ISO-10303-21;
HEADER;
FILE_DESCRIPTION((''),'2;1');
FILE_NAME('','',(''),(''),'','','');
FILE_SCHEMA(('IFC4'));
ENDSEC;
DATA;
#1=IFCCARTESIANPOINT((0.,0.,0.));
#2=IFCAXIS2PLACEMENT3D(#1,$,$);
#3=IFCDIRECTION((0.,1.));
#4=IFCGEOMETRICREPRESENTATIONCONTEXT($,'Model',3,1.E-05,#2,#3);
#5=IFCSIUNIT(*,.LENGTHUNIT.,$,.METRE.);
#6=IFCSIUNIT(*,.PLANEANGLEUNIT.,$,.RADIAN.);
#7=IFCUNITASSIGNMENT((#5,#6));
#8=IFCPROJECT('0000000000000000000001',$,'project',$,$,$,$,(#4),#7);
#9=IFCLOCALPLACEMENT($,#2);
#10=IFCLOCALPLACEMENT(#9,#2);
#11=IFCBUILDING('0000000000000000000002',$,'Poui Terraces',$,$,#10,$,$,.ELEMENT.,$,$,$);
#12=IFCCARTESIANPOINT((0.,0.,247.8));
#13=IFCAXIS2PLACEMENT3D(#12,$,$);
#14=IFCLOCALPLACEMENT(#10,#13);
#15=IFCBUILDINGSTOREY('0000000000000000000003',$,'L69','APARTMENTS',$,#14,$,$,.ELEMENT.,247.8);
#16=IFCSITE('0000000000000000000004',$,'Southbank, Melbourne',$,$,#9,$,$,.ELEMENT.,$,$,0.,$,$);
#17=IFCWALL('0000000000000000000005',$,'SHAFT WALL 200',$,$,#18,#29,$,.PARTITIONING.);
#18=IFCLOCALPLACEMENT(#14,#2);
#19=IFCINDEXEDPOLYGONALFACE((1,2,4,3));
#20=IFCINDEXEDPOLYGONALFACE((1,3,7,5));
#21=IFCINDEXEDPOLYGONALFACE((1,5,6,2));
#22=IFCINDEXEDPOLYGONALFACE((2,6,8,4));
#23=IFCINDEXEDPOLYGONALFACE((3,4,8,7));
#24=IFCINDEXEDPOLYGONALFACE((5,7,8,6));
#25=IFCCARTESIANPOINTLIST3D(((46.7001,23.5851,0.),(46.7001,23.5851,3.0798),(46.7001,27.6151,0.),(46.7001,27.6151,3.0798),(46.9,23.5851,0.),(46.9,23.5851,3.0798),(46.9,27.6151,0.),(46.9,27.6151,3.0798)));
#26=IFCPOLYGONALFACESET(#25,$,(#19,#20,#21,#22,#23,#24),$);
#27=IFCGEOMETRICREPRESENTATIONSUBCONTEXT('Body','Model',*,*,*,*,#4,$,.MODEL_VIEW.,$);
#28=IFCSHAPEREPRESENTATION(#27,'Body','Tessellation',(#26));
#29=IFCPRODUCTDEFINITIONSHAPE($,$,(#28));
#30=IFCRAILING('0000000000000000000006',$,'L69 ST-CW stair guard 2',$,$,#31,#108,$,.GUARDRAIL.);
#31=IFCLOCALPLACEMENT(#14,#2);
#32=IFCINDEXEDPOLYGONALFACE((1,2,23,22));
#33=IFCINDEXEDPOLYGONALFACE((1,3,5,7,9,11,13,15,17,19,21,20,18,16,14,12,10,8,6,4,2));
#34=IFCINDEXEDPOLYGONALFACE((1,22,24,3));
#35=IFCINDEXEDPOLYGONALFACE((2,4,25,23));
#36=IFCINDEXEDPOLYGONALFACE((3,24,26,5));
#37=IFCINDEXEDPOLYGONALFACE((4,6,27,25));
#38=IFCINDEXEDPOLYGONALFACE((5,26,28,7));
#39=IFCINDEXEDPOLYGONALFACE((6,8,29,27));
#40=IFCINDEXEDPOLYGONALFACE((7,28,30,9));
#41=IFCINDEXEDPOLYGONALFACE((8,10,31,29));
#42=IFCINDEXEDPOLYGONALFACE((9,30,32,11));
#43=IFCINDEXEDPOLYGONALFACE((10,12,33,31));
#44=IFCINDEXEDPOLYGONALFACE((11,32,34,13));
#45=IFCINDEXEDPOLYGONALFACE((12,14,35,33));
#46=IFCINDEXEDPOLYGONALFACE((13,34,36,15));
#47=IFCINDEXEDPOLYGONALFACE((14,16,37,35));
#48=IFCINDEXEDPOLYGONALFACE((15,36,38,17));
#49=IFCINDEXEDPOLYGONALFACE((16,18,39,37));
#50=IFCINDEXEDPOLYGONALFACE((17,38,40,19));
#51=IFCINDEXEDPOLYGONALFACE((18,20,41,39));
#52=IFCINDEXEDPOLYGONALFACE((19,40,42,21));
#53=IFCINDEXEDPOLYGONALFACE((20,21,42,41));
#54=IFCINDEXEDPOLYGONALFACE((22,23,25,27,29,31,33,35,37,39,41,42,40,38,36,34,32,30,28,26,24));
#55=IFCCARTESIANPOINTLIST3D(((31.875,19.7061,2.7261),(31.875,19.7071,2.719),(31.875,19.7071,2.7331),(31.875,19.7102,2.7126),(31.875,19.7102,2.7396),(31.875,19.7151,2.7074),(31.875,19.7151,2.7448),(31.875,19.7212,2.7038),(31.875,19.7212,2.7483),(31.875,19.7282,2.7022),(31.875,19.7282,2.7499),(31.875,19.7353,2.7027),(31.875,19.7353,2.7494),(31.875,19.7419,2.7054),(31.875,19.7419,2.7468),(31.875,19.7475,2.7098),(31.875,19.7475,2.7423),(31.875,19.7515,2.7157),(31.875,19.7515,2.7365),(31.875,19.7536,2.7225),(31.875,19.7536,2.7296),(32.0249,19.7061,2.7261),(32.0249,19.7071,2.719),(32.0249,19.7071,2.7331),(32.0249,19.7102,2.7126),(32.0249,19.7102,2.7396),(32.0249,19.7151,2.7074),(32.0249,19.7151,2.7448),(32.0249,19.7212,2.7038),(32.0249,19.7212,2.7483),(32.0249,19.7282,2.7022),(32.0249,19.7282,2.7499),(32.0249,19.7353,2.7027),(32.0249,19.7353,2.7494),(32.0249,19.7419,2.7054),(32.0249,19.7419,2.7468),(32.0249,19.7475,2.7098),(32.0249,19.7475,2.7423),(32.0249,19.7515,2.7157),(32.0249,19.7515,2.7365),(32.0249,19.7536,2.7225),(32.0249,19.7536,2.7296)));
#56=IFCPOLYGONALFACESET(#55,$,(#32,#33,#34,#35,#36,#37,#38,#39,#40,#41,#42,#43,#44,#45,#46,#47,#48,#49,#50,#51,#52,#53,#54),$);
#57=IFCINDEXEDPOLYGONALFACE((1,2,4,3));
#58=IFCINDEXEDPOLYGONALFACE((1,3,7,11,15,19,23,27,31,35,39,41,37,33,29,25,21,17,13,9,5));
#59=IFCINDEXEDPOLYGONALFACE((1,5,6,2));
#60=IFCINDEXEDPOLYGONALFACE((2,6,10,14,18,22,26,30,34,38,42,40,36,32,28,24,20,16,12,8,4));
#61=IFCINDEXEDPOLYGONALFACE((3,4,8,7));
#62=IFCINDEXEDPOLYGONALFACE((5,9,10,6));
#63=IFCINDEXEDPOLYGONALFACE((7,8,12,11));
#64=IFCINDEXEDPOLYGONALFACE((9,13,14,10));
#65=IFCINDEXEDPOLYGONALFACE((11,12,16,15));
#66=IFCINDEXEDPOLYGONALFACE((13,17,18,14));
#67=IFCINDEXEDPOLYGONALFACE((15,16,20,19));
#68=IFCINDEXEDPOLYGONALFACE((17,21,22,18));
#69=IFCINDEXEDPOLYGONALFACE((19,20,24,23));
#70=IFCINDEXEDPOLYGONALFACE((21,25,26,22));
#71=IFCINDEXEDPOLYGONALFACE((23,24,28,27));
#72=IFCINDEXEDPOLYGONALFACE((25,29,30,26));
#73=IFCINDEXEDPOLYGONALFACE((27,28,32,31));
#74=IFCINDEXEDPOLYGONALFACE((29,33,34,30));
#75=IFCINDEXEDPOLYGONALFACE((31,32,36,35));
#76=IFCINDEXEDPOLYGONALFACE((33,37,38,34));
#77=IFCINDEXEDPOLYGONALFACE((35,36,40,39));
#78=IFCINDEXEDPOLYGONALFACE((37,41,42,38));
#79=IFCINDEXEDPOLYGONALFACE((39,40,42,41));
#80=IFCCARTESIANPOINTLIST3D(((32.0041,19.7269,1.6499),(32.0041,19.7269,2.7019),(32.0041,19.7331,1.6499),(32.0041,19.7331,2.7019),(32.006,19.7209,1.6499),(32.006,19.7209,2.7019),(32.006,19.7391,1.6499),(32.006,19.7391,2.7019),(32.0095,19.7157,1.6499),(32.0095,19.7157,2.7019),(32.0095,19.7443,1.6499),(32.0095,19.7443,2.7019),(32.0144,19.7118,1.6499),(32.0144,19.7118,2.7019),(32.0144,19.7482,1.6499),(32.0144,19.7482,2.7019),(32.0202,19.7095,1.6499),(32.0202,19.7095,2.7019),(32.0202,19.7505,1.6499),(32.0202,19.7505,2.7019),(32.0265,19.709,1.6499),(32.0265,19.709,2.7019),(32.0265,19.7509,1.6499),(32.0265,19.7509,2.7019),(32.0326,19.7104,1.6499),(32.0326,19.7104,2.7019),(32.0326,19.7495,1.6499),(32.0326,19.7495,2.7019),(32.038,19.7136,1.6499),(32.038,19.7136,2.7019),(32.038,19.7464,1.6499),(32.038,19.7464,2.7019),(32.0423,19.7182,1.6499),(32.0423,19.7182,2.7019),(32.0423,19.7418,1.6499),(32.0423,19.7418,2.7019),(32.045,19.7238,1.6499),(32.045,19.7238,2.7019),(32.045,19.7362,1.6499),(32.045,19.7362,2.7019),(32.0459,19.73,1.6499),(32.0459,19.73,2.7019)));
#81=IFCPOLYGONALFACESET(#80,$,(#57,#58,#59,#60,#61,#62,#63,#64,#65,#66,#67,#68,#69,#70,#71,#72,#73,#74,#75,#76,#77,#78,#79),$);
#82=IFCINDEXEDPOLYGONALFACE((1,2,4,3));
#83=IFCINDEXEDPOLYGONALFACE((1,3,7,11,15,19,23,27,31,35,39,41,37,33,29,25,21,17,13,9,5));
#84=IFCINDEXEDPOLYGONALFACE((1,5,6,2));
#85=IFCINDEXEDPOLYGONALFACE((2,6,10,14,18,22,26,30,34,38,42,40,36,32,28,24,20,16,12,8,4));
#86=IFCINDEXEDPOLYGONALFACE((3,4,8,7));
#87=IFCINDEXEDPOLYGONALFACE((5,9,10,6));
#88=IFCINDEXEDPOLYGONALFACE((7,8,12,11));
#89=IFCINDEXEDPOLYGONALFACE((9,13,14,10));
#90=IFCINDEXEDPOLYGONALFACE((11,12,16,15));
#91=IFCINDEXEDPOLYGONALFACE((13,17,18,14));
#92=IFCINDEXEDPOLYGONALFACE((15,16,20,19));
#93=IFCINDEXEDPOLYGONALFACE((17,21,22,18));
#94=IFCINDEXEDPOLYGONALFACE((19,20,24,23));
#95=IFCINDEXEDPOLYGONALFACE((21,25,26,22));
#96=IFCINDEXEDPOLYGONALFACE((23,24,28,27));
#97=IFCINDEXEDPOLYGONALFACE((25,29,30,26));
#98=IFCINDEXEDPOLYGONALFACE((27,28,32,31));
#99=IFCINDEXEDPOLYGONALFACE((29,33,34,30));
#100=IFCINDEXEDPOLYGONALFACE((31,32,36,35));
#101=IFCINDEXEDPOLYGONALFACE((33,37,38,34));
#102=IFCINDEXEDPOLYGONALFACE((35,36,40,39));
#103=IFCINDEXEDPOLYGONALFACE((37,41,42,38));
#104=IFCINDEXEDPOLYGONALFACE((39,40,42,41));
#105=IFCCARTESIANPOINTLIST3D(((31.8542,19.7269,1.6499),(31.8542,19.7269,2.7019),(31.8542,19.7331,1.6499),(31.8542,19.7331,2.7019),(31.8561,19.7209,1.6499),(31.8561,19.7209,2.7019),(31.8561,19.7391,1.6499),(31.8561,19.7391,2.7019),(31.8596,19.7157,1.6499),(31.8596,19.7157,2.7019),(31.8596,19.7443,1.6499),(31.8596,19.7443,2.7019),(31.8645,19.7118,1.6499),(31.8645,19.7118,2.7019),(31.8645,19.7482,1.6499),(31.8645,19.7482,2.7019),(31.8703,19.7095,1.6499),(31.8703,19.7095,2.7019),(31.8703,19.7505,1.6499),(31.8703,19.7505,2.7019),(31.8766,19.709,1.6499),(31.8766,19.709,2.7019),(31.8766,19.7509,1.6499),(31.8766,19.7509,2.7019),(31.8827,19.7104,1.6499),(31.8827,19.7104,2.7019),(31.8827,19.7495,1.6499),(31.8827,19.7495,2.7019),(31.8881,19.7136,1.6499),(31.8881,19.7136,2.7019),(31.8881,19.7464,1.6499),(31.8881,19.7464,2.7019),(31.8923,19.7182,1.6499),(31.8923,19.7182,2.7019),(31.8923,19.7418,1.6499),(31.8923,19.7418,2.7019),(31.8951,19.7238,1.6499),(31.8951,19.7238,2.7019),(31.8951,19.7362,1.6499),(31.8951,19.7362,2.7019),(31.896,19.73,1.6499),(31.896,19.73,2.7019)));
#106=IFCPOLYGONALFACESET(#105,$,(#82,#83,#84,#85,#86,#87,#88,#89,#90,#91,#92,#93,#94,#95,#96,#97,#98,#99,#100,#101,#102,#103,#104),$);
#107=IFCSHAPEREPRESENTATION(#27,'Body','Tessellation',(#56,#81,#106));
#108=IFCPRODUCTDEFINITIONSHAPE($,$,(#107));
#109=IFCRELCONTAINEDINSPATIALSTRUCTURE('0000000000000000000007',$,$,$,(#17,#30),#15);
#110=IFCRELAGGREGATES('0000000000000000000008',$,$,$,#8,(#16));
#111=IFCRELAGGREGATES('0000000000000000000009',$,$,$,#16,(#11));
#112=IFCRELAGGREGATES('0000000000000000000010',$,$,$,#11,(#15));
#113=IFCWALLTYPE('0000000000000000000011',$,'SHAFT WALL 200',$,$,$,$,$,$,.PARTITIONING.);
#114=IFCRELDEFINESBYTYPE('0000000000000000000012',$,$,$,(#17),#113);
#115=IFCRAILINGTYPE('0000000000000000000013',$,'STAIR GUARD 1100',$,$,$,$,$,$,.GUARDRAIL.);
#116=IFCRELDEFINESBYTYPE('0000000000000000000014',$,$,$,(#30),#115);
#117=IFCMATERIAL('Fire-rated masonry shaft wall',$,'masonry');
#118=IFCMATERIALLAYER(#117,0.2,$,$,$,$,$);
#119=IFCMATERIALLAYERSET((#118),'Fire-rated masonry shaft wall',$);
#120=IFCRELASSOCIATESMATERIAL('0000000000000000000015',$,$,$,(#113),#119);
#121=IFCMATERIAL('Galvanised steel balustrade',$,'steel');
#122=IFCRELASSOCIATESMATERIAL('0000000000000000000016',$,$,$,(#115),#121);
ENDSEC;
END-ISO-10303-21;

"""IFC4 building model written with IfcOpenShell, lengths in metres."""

from ifc_helpers import new_model, si_unit, direction, frame, frame_2d, origin, origin_2d, place, context, subcontext, project, spatial, rectangle, circle, extrude, material, layer, layer_set, type_object, element, save


model = new_model("IFC4")

# Units and contexts
model_context = context("Model", 3, precision=1e-05, world=origin(), true_north=direction((0.0, 1.0)))
body_context = subcontext(model_context, "Body", "Model", "MODEL_VIEW")
ifc_project = project(units=[si_unit("LENGTHUNIT", "METRE"), si_unit("PLANEANGLEUNIT", "RADIAN")], contexts=[model_context])

# Site, building, storey
site_placement = place(None, origin())
site = spatial("IfcSite", under=ifc_project, at=site_placement, Name="Southbank, Melbourne", CompositionType="ELEMENT", RefElevation=0.0)
building_placement = place(site_placement, origin())
building = spatial("IfcBuilding", under=site, at=building_placement, Name="Poui Terraces", CompositionType="ELEMENT")
storey_placement = place(building_placement, frame((0.0, 0.0, 247.8)))
storey = spatial("IfcBuildingStorey", under=building, at=storey_placement, Name="L69", Description="APARTMENTS", CompositionType="ELEMENT", Elevation=247.8)

# Wall
ifc_material_1 = material(Name="Fire-rated masonry shaft wall", Category="masonry")
ifc_layer_1 = layer(ifc_material_1, 0.2)
ifc_layer_set_1 = layer_set([ifc_layer_1], Name="Fire-rated masonry shaft wall")
wall_type_1 = type_object("IfcWallType", Name="SHAFT WALL 200", PredefinedType="PARTITIONING", material=ifc_layer_set_1)
for number, where, z_axis, x_axis, name in (
    (1, (46.8, 23.585, 0.0), (0.0, 0.0, 1.0), (0.0, 1.0, 0.0), "SHAFT WALL 200"),
):
    element("IfcWall", number, at=place(storey_placement, frame(where, z_axis=z_axis, x_axis=x_axis)), inside=storey, type_object=wall_type_1, Name=name, PredefinedType="PARTITIONING", context=body_context, shape_type="SweptSolid", body=[
        extrude(rectangle(XDim=4.03, YDim=0.2, at=frame_2d((2.0151, 0.0))), origin(), (0.0, 0.0, 1.0), 3.0798),
    ])

# Railing
ifc_material_2 = material(Name="Galvanised steel balustrade", Category="steel")
railing_type = type_object("IfcRailingType", Name="STAIR GUARD 1100", PredefinedType="GUARDRAIL", material=ifc_material_2)
railing_1_placement = place(storey_placement, frame((32.0249, 19.73, 1.6499)))
element("IfcRailing", 2, at=railing_1_placement, inside=storey, type_object=railing_type, Name="L69 ST-CW stair guard 2", PredefinedType="GUARDRAIL", context=body_context, shape_type="SweptSolid", body=[
    extrude(circle(Radius=0.0239, at=origin_2d()), frame((0.0, 0.0, 1.0762), z_axis=(-1.0, 0.0, 0.0), x_axis=(0.0, -1.0, 0.0)), (0.0, 0.0, 1.0), 0.1499),
    extrude(circle(Radius=0.021, at=origin_2d()), origin(), (0.0, 0.0, 1.0), 1.052),
    extrude(circle(Radius=0.021, at=origin_2d()), frame((-0.1499, 0.0, 0.0)), (0.0, 0.0, 1.0), 1.052),
])

save(model, "model.ifc")
